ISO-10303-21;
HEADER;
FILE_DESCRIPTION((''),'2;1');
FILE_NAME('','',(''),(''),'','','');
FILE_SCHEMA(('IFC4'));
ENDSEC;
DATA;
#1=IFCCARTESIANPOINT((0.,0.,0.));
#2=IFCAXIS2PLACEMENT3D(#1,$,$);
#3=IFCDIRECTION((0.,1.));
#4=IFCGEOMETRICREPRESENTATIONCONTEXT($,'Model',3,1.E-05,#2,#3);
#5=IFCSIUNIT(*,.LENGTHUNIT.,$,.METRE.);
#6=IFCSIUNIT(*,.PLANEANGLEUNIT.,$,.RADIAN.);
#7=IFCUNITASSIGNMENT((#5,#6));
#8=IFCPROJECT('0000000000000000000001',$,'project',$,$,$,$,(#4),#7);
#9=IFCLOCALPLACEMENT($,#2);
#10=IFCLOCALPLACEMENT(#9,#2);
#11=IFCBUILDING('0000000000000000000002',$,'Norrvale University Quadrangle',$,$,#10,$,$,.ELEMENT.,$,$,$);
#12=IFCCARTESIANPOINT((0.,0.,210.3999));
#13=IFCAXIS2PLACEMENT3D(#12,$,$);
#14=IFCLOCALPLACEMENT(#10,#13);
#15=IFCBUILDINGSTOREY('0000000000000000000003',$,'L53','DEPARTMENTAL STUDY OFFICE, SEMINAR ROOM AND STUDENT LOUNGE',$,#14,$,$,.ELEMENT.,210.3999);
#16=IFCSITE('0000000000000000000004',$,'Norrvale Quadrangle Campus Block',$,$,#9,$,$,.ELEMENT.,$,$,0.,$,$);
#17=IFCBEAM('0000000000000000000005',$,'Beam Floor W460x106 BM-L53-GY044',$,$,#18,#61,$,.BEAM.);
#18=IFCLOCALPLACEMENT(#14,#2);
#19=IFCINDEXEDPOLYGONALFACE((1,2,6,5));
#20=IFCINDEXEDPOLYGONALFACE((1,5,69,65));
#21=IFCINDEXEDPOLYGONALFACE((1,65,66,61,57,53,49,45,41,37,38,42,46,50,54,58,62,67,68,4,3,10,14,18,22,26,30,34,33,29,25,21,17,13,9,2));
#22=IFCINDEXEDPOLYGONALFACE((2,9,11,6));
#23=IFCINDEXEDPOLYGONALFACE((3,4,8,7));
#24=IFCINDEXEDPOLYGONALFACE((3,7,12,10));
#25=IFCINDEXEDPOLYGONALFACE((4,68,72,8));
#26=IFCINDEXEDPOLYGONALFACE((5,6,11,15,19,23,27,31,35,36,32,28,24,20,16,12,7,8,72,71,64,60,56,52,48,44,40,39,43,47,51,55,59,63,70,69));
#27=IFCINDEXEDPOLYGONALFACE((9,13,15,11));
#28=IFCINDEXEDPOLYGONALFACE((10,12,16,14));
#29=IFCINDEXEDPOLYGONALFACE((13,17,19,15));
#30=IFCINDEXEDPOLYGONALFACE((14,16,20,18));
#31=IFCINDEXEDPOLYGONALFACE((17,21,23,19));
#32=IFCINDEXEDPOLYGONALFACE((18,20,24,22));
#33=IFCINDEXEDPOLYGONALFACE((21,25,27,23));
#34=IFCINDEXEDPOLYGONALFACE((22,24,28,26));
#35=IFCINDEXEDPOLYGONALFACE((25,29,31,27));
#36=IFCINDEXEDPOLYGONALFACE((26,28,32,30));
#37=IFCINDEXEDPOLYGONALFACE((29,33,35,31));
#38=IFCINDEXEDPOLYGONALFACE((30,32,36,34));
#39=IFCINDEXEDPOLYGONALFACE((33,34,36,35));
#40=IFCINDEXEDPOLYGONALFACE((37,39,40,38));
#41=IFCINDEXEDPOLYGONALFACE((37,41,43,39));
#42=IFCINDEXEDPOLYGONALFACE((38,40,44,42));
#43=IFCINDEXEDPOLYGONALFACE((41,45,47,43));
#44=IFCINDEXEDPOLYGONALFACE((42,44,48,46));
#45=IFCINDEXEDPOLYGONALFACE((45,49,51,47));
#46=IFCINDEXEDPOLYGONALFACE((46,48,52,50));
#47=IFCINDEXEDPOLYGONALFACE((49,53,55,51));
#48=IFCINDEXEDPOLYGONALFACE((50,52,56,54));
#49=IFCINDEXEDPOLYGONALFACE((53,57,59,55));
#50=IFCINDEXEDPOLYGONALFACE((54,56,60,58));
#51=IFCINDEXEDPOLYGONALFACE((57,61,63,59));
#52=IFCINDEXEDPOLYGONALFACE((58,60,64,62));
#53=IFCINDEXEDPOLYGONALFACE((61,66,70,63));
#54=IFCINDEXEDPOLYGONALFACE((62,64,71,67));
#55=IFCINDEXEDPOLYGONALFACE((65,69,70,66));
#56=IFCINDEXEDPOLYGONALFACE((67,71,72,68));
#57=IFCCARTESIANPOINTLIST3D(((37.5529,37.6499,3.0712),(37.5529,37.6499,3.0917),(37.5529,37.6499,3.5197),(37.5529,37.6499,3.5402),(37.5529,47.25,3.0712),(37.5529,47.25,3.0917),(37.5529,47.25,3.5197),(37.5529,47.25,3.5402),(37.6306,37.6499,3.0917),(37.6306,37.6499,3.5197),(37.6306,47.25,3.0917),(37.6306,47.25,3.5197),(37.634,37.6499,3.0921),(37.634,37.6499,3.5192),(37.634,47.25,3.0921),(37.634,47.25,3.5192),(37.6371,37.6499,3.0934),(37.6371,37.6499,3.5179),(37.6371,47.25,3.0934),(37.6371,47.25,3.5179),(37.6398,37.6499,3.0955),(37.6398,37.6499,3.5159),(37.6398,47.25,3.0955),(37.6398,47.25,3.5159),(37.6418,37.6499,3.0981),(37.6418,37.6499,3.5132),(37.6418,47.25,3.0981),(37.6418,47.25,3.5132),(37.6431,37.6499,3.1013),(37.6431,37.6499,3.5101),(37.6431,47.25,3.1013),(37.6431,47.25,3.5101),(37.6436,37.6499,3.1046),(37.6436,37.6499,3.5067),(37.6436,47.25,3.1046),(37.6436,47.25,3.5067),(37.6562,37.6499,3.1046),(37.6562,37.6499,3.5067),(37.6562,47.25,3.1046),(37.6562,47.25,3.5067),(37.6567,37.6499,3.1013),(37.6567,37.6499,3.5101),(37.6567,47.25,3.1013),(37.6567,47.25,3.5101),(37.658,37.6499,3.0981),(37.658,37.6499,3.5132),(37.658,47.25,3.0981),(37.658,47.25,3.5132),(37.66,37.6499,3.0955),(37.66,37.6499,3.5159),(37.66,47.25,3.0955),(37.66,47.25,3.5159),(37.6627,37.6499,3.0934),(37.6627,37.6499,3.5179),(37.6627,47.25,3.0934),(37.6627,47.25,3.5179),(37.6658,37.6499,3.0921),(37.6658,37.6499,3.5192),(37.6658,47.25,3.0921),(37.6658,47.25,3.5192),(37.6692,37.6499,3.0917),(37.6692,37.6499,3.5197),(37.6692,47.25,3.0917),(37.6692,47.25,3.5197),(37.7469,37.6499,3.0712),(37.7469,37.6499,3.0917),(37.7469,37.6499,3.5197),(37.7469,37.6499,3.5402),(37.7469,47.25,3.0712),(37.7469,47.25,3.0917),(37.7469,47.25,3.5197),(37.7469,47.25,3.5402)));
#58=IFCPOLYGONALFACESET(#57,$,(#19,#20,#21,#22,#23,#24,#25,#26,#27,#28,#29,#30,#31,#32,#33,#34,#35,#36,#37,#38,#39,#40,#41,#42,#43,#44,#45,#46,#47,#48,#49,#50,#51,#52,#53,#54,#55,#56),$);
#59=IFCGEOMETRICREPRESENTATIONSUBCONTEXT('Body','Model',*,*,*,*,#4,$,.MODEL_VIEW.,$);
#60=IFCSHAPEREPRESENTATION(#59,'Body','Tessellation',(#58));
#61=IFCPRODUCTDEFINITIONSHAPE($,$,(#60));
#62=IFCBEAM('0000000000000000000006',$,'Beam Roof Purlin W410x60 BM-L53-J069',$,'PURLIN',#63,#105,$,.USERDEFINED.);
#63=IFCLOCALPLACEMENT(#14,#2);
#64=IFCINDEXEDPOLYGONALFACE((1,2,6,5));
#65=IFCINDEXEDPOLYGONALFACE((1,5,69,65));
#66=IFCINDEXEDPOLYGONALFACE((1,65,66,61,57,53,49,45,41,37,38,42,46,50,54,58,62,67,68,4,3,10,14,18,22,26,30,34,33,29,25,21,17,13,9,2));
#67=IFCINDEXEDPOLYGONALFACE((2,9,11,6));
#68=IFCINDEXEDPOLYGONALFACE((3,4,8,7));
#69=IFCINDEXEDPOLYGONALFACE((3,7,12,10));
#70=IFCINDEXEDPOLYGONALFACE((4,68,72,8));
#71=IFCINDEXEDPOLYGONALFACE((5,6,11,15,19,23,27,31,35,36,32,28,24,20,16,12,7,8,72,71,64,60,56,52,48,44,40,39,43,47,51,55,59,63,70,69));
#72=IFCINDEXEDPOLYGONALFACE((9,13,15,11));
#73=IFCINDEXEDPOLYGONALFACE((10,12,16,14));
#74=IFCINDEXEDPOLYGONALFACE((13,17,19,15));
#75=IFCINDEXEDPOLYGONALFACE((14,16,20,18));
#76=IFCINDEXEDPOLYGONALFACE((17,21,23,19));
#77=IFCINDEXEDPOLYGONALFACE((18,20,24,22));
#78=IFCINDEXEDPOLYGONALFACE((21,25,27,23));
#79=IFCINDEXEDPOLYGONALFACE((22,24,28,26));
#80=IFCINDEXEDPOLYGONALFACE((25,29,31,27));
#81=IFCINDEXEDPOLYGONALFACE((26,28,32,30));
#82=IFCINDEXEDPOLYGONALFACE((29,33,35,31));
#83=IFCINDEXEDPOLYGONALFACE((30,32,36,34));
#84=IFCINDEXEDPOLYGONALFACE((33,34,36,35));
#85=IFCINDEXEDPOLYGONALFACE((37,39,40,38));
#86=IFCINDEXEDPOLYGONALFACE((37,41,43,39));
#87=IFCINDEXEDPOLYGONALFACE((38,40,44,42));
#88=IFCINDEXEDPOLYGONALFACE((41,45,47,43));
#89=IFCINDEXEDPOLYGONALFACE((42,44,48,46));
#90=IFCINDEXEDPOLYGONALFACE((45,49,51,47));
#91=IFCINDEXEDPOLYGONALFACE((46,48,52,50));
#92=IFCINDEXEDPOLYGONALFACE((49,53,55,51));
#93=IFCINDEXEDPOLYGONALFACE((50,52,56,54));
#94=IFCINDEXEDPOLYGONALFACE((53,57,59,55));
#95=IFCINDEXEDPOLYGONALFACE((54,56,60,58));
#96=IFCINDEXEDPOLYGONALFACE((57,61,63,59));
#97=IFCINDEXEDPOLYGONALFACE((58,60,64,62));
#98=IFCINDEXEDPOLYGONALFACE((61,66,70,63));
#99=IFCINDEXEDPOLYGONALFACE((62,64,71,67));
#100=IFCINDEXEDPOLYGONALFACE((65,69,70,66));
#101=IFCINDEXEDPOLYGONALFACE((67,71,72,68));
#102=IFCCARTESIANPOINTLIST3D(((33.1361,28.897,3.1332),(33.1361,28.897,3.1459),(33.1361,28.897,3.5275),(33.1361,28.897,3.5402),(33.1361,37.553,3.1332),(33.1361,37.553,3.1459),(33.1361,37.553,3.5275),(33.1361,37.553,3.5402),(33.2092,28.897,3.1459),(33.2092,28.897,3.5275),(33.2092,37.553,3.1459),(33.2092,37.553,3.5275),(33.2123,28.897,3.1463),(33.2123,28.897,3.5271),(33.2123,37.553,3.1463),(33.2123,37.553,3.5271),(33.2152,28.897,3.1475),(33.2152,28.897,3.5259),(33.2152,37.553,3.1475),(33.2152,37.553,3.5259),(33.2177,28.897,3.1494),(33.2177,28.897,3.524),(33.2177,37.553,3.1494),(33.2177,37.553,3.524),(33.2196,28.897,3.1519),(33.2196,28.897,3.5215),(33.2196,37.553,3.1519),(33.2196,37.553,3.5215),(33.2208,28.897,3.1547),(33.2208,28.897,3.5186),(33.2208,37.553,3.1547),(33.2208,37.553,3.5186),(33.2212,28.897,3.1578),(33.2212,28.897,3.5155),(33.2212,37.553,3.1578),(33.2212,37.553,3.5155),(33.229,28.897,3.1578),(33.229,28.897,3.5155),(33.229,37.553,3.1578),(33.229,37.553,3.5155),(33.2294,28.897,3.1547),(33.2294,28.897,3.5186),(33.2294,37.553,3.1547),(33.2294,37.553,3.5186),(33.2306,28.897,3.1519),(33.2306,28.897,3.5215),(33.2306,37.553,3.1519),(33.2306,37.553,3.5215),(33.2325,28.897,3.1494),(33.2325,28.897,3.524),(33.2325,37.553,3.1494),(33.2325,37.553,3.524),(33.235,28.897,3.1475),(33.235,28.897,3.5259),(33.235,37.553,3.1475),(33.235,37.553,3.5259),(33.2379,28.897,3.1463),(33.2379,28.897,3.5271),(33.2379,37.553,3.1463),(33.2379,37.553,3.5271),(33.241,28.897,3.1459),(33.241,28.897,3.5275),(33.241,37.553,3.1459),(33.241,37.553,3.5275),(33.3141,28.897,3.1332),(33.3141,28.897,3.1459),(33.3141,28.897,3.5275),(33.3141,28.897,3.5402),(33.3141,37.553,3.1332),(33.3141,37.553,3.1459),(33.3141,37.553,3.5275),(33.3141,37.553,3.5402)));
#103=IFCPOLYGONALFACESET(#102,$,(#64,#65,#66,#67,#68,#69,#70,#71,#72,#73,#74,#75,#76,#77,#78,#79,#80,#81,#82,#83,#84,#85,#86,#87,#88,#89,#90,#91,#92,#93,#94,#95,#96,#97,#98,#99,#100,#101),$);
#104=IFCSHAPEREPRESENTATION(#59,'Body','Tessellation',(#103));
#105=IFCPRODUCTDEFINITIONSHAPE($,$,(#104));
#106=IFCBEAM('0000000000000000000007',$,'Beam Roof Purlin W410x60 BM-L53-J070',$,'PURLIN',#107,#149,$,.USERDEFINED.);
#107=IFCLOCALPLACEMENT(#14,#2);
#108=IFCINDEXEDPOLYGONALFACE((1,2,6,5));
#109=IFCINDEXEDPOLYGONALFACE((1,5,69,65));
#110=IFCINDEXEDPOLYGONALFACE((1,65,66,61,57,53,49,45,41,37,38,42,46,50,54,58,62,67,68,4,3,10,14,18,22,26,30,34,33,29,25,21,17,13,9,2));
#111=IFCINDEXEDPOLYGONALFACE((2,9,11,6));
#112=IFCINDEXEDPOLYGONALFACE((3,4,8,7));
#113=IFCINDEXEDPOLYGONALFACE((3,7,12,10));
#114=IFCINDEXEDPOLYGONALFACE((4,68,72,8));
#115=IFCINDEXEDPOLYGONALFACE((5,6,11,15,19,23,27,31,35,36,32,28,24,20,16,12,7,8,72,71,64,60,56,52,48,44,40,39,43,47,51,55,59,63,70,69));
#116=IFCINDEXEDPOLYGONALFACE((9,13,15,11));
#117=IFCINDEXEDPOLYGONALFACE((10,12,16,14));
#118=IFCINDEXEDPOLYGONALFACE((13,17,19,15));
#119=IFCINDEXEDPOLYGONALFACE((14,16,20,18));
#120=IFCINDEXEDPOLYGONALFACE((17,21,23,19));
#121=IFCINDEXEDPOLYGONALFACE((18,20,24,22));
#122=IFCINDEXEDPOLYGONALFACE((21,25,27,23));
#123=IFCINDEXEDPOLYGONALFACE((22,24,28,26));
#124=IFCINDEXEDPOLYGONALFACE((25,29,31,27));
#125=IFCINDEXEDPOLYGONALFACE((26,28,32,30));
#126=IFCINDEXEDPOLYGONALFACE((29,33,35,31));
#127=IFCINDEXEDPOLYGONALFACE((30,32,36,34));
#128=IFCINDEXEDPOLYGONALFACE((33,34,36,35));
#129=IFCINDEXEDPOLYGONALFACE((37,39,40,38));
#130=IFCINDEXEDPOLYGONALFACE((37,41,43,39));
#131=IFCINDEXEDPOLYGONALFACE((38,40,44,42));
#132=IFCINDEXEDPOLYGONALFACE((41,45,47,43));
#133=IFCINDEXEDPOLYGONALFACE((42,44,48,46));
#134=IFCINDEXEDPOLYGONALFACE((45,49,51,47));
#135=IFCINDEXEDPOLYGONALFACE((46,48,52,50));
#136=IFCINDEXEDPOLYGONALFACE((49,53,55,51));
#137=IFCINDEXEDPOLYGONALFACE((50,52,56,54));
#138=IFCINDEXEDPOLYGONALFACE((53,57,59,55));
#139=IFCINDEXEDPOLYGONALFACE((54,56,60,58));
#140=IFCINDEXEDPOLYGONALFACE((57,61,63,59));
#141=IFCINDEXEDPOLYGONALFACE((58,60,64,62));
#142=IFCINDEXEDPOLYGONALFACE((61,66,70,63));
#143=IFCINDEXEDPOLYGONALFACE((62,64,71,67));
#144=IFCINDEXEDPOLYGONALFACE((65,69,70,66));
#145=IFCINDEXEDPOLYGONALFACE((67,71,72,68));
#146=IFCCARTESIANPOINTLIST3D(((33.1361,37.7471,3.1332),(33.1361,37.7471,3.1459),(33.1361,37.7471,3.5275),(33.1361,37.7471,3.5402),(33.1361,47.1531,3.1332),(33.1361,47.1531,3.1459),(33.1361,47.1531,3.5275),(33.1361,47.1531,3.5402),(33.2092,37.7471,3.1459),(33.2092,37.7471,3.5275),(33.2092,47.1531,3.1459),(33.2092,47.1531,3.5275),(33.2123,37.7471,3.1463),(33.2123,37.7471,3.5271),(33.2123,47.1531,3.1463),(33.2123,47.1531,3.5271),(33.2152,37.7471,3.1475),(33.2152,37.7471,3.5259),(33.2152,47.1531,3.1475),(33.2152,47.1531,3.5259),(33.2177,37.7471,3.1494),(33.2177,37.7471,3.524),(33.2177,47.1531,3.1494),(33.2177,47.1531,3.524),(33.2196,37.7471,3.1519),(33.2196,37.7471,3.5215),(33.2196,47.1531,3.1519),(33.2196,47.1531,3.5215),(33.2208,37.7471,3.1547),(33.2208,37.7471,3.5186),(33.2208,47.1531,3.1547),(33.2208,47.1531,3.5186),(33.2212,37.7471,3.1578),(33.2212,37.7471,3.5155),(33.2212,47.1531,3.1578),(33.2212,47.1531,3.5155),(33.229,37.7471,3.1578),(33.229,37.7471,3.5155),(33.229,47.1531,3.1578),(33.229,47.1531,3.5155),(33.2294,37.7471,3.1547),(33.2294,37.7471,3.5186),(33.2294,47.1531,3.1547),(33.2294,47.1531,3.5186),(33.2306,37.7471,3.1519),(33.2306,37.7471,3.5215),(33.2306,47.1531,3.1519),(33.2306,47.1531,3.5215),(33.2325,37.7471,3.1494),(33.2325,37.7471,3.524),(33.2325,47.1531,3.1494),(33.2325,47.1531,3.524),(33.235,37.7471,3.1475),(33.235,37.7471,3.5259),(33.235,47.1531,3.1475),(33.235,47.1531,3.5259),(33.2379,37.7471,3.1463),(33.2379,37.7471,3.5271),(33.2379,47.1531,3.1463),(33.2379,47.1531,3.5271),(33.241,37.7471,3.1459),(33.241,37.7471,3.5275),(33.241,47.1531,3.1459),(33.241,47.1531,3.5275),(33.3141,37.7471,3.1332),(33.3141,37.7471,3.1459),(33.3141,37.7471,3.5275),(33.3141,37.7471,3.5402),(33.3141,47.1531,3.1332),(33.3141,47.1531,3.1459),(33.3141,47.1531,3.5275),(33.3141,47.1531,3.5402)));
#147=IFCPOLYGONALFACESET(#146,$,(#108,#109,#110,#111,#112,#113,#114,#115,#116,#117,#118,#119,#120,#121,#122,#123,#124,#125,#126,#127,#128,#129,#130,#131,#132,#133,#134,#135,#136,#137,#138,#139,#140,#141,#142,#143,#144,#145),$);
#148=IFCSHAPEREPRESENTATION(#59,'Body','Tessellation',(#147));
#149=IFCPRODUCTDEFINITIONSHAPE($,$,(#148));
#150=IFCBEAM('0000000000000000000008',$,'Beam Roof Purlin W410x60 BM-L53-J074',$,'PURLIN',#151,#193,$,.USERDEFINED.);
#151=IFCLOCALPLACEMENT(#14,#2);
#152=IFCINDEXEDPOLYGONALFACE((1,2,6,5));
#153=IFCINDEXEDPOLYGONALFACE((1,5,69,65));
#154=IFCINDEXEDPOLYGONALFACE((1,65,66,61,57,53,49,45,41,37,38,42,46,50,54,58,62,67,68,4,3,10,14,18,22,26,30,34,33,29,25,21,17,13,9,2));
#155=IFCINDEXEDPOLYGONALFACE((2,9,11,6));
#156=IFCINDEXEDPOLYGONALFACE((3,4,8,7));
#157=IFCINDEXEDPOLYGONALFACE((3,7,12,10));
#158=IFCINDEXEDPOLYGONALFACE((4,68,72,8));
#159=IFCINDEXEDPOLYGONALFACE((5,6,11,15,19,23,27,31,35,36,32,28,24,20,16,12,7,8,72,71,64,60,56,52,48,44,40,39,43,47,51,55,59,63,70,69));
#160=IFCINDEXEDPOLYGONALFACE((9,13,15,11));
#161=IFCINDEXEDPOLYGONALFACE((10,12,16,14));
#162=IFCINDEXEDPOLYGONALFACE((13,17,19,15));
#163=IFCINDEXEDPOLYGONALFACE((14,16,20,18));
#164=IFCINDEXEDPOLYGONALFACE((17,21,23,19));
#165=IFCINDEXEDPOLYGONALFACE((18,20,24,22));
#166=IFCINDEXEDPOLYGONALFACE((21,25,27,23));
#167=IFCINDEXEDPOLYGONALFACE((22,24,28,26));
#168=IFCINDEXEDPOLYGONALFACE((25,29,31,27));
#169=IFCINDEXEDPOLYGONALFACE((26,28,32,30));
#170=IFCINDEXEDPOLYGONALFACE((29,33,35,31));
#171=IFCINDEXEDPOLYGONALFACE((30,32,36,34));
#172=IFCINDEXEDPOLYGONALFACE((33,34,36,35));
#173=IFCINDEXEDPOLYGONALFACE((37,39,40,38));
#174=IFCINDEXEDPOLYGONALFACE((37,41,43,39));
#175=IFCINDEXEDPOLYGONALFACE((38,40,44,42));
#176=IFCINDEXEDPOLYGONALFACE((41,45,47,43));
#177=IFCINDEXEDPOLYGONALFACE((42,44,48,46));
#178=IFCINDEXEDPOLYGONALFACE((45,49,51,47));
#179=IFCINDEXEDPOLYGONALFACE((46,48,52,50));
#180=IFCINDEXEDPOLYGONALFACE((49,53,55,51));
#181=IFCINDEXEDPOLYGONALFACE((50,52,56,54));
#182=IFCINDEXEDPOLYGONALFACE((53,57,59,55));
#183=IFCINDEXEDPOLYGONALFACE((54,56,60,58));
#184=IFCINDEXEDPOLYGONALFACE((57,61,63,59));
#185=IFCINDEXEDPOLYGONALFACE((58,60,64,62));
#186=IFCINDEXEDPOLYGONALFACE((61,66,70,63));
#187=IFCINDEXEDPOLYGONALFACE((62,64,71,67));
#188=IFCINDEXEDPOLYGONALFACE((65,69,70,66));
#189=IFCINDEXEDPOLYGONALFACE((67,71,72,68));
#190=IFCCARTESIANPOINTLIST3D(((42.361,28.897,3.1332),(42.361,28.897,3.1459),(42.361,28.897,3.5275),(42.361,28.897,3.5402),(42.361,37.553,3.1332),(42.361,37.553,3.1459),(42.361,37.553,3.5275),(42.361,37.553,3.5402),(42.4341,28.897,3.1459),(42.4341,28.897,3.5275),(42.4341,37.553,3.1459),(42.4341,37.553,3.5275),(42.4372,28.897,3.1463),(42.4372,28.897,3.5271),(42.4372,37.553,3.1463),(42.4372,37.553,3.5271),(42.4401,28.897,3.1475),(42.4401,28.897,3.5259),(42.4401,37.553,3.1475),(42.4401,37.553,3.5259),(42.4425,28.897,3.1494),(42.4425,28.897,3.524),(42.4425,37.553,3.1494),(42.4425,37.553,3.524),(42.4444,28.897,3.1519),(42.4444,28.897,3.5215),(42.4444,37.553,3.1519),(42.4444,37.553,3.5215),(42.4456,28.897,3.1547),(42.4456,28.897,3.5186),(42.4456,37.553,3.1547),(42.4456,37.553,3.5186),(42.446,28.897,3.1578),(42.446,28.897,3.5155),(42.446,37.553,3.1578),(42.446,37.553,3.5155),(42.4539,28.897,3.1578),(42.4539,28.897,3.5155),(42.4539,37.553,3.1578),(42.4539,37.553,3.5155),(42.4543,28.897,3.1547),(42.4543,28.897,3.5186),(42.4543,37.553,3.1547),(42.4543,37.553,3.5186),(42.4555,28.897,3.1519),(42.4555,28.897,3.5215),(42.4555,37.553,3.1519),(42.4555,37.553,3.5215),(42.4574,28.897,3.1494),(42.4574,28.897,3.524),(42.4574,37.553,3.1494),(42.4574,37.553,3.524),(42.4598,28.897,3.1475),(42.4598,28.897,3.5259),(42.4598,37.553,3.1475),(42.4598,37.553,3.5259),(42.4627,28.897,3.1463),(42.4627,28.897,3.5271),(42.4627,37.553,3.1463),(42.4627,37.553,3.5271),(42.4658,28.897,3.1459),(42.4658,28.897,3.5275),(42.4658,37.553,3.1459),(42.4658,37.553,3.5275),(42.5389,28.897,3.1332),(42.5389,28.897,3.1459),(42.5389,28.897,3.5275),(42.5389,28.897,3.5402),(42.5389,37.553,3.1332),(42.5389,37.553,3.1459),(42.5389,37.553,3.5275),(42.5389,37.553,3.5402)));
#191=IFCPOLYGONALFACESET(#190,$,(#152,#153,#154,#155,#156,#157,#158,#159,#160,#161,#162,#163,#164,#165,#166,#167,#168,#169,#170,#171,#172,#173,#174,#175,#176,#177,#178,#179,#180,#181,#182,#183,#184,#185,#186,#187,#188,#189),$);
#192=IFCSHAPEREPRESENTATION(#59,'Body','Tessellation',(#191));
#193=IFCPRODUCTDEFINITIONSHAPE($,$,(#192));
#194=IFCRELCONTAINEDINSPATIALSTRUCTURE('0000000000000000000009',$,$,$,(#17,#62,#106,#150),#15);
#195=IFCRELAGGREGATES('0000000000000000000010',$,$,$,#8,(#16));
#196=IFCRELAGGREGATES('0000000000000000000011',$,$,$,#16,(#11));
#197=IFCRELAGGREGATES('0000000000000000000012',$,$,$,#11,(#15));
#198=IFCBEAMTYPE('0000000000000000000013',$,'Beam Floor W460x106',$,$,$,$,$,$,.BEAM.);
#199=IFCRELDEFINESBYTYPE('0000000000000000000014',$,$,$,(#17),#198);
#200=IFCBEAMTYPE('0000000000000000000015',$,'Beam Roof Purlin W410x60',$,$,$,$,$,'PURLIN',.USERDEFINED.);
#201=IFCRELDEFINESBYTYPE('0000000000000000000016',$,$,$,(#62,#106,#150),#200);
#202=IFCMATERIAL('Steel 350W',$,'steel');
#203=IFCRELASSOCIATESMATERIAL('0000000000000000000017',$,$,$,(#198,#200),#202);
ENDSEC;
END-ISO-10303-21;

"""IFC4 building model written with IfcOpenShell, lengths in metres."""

from ifc_helpers import new_model, si_unit, direction, frame, origin, origin_2d, place, context, subcontext, project, spatial, i_section, extrude, material, material_profile, profile_set, type_object, element, save


model = new_model("IFC4")

# Units and contexts
model_context = context("Model", 3, precision=1e-05, world=origin(), true_north=direction((0.0, 1.0)))
body_context = subcontext(model_context, "Body", "Model", "MODEL_VIEW")
ifc_project = project(units=[si_unit("LENGTHUNIT", "METRE"), si_unit("PLANEANGLEUNIT", "RADIAN")], contexts=[model_context])

# Site, building, storey
site_placement = place(None, origin())
site = spatial("IfcSite", under=ifc_project, at=site_placement, Name="Norrvale Quadrangle Campus Block", CompositionType="ELEMENT", RefElevation=0.0)
building_placement = place(site_placement, origin())
building = spatial("IfcBuilding", under=site, at=building_placement, Name="Norrvale University Quadrangle", CompositionType="ELEMENT")
storey_placement = place(building_placement, frame((0.0, 0.0, 210.3999)))
storey = spatial("IfcBuildingStorey", under=building, at=storey_placement, Name="L53", Description="DEPARTMENTAL STUDY OFFICE, SEMINAR ROOM AND STUDENT LOUNGE", CompositionType="ELEMENT", Elevation=210.3999)

# Beams
ifc_material_1 = material(Name="Steel 350W", Category="steel")
ifc_material_profile_1 = material_profile(ifc_material_1, i_section(OverallWidth=0.1941, OverallDepth=0.469, WebThickness=0.0127, FlangeThickness=0.0205, FilletRadius=0.0129, at=origin_2d()), Name="Steel 350W")
ifc_profile_set_1 = profile_set([ifc_material_profile_1], Name="Steel 350W")
beam_type_1 = type_object("IfcBeamType", Name="Beam Floor W460x106", PredefinedType="BEAM", material=ifc_profile_set_1)
for number, where, z_axis, x_axis, name in (
    (1, (37.6499, 37.6499, 3.3057), (0.0, 1.0, 0.0), (-1.0, 0.0, 0.0), "Beam Floor W460x106 BM-L53-GY044"),
):
    element("IfcBeam", number, at=place(storey_placement, frame(where, z_axis=z_axis, x_axis=x_axis)), inside=storey, type_object=beam_type_1, Name=name, PredefinedType="BEAM", context=body_context, shape_type="SweptSolid", body=[
        extrude(i_section(OverallWidth=0.1941, OverallDepth=0.469, WebThickness=0.0127, FlangeThickness=0.0205, FilletRadius=0.0129, at=origin_2d()), origin(), (0.0, 0.0, 1.0), 9.6001),
    ])
ifc_material_profile_2 = material_profile(ifc_material_1, i_section(OverallWidth=0.178, OverallDepth=0.407, WebThickness=0.0078, FlangeThickness=0.0127, FilletRadius=0.012, at=origin_2d()), Name="Steel 350W")
ifc_profile_set_2 = profile_set([ifc_material_profile_2], Name="Steel 350W")
beam_type_2 = type_object("IfcBeamType", Name="Beam Roof Purlin W410x60", ElementType="PURLIN", PredefinedType="USERDEFINED", material=ifc_profile_set_2)
beam_1_placement = place(storey_placement, frame((33.2251, 28.897, 3.3367), z_axis=(0.0, 1.0, 0.0), x_axis=(-1.0, 0.0, 0.0)))
element("IfcBeam", 2, at=beam_1_placement, inside=storey, type_object=beam_type_2, Name="Beam Roof Purlin W410x60 BM-L53-J069", ObjectType="PURLIN", PredefinedType="USERDEFINED", context=body_context, shape_type="SweptSolid", body=[
    extrude(i_section(OverallWidth=0.178, OverallDepth=0.407, WebThickness=0.0078, FlangeThickness=0.0127, FilletRadius=0.012, at=origin_2d()), origin(), (0.0, 0.0, 1.0), 8.656),
])
beam_2_placement = place(storey_placement, frame((33.2251, 37.7471, 3.3367), z_axis=(0.0, 1.0, 0.0), x_axis=(-1.0, 0.0, 0.0)))
element("IfcBeam", 3, at=beam_2_placement, inside=storey, type_object=beam_type_2, Name="Beam Roof Purlin W410x60 BM-L53-J070", ObjectType="PURLIN", PredefinedType="USERDEFINED", context=body_context, shape_type="SweptSolid", body=[
    extrude(i_section(OverallWidth=0.178, OverallDepth=0.407, WebThickness=0.0078, FlangeThickness=0.0127, FilletRadius=0.012, at=origin_2d()), origin(), (0.0, 0.0, 1.0), 9.406),
])
beam_3_placement = place(storey_placement, frame((42.45, 28.897, 3.3367), z_axis=(0.0, 1.0, 0.0), x_axis=(-1.0, 0.0, 0.0)))
element("IfcBeam", 4, at=beam_3_placement, inside=storey, type_object=beam_type_2, Name="Beam Roof Purlin W410x60 BM-L53-J074", ObjectType="PURLIN", PredefinedType="USERDEFINED", context=body_context, shape_type="SweptSolid", body=[
    extrude(i_section(OverallWidth=0.178, OverallDepth=0.407, WebThickness=0.0078, FlangeThickness=0.0127, FilletRadius=0.012, at=origin_2d()), origin(), (0.0, 0.0, 1.0), 8.656),
])

save(model, "model.ifc")
